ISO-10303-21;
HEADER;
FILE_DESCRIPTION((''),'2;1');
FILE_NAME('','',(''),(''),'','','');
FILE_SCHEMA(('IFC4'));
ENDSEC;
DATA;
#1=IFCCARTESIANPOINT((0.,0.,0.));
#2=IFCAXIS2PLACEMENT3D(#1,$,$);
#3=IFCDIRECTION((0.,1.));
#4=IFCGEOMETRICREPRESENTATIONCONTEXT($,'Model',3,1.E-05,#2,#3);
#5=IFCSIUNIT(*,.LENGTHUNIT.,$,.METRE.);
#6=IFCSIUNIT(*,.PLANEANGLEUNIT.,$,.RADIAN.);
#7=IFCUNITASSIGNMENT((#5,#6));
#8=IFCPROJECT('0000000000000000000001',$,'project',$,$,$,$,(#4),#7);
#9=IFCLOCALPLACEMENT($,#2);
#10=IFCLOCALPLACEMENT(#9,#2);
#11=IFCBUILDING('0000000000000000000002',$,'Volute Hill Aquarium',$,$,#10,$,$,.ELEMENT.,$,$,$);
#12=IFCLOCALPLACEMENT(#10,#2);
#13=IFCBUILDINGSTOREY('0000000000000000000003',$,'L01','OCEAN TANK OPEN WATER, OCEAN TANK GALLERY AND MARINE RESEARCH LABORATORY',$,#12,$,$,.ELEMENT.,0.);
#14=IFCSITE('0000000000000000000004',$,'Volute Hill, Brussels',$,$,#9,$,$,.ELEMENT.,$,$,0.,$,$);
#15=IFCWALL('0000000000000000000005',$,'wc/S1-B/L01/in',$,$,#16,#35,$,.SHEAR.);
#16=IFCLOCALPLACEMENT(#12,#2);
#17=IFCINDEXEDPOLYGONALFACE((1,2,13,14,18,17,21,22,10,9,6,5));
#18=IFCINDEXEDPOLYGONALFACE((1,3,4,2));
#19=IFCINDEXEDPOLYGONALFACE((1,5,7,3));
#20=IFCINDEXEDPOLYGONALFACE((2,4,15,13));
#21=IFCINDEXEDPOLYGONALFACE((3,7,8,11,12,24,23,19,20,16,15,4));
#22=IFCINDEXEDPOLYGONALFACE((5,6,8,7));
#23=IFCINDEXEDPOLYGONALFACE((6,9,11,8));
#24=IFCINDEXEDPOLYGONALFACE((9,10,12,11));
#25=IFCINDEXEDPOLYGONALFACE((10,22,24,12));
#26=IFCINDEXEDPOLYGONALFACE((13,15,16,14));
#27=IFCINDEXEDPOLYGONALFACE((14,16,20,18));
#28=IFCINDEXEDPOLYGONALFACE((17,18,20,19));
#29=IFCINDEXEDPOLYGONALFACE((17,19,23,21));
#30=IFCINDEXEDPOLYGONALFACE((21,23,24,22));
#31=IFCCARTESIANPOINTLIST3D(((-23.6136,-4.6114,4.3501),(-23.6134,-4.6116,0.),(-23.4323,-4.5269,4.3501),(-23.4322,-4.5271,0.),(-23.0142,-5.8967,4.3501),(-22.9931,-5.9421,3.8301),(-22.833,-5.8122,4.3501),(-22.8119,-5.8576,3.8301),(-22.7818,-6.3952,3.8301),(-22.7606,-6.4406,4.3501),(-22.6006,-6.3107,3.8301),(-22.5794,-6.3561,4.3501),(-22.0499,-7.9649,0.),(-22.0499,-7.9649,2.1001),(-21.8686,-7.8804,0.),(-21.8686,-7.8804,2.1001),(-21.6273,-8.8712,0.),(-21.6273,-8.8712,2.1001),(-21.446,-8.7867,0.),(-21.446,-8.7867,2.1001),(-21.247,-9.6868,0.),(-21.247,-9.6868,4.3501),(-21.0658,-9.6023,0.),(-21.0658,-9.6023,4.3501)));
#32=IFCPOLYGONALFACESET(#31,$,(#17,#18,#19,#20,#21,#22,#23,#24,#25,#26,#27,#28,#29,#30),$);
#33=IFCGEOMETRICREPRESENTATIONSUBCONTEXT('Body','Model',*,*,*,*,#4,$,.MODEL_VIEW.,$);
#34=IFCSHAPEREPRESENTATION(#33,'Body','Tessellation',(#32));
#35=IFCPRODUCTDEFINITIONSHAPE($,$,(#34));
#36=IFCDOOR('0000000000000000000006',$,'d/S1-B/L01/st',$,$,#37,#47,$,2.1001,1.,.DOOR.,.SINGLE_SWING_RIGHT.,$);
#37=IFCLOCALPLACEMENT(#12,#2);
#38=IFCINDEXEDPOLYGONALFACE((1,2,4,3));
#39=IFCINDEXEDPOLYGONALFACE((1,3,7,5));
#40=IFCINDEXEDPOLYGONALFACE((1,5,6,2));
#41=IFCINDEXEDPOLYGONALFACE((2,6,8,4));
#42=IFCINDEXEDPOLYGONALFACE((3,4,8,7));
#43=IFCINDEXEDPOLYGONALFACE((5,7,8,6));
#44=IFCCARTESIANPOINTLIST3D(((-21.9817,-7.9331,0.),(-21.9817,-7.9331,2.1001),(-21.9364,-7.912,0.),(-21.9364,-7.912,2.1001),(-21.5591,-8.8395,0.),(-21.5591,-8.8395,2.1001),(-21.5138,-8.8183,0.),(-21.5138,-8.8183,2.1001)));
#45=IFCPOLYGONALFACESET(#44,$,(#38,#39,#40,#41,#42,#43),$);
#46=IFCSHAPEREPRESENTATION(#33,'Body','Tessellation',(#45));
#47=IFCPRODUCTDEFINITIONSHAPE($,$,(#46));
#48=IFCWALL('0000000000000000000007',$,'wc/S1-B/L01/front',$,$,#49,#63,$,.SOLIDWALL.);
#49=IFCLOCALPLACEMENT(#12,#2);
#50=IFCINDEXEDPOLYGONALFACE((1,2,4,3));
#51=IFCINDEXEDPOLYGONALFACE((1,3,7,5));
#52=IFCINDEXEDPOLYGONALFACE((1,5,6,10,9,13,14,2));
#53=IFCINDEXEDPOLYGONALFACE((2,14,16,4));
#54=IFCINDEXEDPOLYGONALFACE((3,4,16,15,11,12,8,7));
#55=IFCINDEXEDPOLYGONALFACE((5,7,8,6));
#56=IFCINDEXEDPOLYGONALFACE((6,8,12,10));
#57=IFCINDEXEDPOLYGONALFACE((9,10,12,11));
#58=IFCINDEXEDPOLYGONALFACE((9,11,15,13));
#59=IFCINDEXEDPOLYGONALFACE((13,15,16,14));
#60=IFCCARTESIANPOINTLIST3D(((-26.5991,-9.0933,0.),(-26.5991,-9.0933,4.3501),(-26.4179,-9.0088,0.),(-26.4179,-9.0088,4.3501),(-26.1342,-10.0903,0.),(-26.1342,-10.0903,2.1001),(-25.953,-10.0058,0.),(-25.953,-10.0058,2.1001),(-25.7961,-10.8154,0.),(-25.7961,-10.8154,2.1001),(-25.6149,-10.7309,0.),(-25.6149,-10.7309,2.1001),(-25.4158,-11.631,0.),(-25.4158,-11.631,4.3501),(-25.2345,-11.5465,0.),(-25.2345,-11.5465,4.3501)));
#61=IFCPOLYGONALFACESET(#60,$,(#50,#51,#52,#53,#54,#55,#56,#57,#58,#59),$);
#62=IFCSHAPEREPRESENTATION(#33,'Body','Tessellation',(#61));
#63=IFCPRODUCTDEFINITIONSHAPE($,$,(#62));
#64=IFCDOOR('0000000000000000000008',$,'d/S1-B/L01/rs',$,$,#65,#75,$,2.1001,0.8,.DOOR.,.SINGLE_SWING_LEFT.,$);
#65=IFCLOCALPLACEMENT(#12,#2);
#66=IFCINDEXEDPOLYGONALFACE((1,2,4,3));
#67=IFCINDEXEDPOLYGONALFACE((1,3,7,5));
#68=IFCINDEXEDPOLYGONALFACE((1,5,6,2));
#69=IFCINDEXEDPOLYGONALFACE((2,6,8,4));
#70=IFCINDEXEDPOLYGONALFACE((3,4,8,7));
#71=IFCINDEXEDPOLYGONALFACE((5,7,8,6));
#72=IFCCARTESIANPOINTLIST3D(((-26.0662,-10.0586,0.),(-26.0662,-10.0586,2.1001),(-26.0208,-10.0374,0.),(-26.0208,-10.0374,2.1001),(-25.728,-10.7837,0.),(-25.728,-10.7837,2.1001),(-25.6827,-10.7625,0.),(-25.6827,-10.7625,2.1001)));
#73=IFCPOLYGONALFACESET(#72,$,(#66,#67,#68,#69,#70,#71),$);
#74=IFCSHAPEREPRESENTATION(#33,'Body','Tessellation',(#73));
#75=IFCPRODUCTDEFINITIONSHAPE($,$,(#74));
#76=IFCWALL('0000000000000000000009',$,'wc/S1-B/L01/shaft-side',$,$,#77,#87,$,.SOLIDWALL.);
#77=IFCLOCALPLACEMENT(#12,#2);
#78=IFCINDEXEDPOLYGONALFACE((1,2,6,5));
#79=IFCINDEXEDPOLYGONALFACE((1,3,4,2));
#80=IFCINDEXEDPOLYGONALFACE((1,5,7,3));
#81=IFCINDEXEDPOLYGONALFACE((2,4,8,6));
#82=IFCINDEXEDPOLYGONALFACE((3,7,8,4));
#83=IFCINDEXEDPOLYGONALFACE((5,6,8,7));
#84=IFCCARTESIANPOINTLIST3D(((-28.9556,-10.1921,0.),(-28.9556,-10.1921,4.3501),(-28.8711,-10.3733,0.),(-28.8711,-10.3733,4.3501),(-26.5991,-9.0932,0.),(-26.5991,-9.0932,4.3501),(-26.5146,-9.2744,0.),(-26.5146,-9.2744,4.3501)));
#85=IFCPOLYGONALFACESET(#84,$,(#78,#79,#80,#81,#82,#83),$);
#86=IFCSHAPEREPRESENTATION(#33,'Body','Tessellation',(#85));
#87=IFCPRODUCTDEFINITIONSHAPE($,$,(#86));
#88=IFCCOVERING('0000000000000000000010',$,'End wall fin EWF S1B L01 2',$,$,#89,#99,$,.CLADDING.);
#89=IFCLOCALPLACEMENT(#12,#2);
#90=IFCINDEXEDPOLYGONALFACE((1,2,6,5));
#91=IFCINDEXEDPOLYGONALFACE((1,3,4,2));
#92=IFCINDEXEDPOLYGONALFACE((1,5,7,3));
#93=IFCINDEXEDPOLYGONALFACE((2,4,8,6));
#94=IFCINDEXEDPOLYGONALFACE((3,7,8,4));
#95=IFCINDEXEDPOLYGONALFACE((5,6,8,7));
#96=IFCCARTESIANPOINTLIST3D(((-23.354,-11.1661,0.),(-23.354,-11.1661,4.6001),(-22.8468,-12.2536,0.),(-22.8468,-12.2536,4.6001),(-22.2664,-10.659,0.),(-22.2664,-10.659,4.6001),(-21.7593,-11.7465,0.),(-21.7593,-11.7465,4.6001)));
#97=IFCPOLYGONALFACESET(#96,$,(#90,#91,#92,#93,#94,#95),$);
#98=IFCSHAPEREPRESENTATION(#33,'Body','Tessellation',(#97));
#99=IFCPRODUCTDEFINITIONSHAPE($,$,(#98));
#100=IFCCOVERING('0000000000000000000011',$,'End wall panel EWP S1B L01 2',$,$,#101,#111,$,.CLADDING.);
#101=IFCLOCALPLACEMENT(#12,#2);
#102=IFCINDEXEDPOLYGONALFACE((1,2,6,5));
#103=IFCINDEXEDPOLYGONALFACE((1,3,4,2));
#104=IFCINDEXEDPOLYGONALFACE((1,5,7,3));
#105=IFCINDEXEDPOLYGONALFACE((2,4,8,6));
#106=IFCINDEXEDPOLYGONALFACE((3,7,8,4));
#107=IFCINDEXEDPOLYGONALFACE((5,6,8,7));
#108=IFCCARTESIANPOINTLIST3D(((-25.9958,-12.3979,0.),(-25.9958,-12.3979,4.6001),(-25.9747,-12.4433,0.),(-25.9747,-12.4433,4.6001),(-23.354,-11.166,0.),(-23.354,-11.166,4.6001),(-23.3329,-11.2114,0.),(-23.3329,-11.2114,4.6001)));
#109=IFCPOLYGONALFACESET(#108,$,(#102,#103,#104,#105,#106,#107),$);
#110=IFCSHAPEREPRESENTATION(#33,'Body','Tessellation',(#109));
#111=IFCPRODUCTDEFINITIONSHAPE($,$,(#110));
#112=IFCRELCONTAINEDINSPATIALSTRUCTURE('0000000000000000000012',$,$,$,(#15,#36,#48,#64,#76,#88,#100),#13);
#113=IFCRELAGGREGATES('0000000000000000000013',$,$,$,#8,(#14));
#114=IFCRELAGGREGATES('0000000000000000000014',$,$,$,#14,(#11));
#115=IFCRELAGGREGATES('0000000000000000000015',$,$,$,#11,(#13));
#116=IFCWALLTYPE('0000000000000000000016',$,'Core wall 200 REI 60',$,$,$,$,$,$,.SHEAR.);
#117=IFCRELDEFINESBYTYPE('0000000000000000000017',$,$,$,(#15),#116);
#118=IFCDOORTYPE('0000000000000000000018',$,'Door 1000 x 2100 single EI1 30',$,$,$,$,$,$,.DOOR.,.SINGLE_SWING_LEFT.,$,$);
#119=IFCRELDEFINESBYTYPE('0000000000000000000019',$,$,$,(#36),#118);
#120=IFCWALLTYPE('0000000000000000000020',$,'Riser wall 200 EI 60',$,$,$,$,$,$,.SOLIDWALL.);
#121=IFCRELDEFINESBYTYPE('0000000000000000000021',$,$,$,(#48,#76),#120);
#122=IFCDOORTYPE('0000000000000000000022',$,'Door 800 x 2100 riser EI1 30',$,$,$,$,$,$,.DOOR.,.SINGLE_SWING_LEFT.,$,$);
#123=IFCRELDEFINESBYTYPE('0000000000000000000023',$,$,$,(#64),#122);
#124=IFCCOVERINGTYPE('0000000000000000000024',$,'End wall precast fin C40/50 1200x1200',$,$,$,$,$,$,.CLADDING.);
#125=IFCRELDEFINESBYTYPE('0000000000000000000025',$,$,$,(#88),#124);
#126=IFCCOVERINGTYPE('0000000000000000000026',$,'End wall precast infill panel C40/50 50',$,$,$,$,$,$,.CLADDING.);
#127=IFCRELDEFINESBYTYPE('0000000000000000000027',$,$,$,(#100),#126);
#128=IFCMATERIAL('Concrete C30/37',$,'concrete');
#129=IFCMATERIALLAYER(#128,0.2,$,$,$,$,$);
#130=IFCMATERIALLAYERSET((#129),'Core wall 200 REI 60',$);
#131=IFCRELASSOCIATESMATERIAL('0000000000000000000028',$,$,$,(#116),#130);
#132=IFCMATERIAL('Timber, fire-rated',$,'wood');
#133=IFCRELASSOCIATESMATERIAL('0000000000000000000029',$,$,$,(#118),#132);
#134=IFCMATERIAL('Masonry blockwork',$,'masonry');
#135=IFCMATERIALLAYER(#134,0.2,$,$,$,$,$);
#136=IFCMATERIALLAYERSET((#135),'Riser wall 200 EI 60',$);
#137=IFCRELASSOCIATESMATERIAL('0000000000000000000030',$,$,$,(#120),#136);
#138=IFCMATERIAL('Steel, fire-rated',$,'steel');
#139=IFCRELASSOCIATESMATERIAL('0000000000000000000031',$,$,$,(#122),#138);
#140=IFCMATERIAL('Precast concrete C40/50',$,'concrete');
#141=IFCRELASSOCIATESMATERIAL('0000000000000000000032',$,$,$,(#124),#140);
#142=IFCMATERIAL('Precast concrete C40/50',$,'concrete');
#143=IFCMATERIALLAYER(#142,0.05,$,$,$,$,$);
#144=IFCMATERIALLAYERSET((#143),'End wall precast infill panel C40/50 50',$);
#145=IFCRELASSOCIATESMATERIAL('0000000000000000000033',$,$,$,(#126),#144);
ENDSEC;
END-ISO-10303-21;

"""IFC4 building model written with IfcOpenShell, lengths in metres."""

from ifc_helpers import new_model, si_unit, direction, frame, frame_2d, origin, origin_2d, place, context, subcontext, project, spatial, polyline, rectangle, outline, extrude, material, layer, layer_set, type_object, element, fill, save


model = new_model("IFC4")

# Units and contexts
model_context = context("Model", 3, precision=1e-05, world=origin(), true_north=direction((0.0, 1.0)))
body_context = subcontext(model_context, "Body", "Model", "MODEL_VIEW")
ifc_project = project(units=[si_unit("LENGTHUNIT", "METRE"), si_unit("PLANEANGLEUNIT", "RADIAN")], contexts=[model_context])

# Site, building, storey
site_placement = place(None, origin())
site = spatial("IfcSite", under=ifc_project, at=site_placement, Name="Volute Hill, Brussels", CompositionType="ELEMENT", RefElevation=0.0)
building_placement = place(site_placement, origin())
building = spatial("IfcBuilding", under=site, at=building_placement, Name="Volute Hill Aquarium", CompositionType="ELEMENT")
storey_placement = place(building_placement, origin())
storey = spatial("IfcBuildingStorey", under=building, at=storey_placement, Name="L01", Description="OCEAN TANK OPEN WATER, OCEAN TANK GALLERY AND MARINE RESEARCH LABORATORY", CompositionType="ELEMENT", Elevation=0.0)

# Walls, openings, doors
ifc_material_1 = material(Name="Concrete C30/37", Category="concrete")
ifc_layer_1 = layer(ifc_material_1, 0.2)
ifc_layer_set_1 = layer_set([ifc_layer_1], Name="Core wall 200 REI 60")
wall_type_1 = type_object("IfcWallType", Name="Core wall 200 REI 60", PredefinedType="SHEAR", material=ifc_layer_set_1)
wall_1_placement = place(storey_placement, frame((-21.1562, -9.6445, 0.0), z_axis=(0.0, 0.0, 1.0), x_axis=(-0.422597, 0.906318, 0.0)))
wall_1 = element("IfcWall", 1, at=wall_1_placement, inside=storey, type_object=wall_type_1, Name="wc/S1-B/L01/in", PredefinedType="SHEAR", context=body_context, shape_type="SweptSolid", body=[
    extrude(outline(polyline([(0.0, 0.0), (5.5999, 0.0), (5.6001, 4.3501), (4.1819, 4.3501), (4.1318, 3.8301), (3.6318, 3.8301), (3.5818, 4.3501), (0.0, 4.3501), (0.0, 0.0)])), frame((0.0, 0.1001, 0.0), z_axis=(0.0, -1.0, 0.0), x_axis=(1.0, 0.0, 0.0)), (0.0, 0.0, 1.0), 0.2),
])
opening_1_placement = place(wall_1_placement, frame((0.8999, 0.0, 0.0)))
opening_1 = element("IfcOpeningElement", 2, at=opening_1_placement, cuts=wall_1, PredefinedType="OPENING", context=body_context, shape_type="SweptSolid", body=[
    extrude(rectangle(XDim=1.0, YDim=2.1001, at=frame_2d((0.5, 1.05))), frame((0.0, 0.1099, 0.0), z_axis=(0.0, -1.0, 0.0), x_axis=(1.0, 0.0, 0.0)), (0.0, 0.0, 1.0), 0.22),
])
ifc_material_2 = material(Name="Timber, fire-rated", Category="wood")
door_type_1 = type_object("IfcDoorType", Name="Door 1000 x 2100 single EI1 30", OperationType="SINGLE_SWING_LEFT", PredefinedType="DOOR", material=ifc_material_2)
door_1_placement = place(opening_1_placement, origin())
door_1 = element("IfcDoor", 3, at=door_1_placement, inside=storey, type_object=door_type_1, Name="d/S1-B/L01/st", OperationType="SINGLE_SWING_RIGHT", OverallHeight=2.1001, OverallWidth=1.0, PredefinedType="DOOR", context=body_context, shape_type="SweptSolid", body=[
    extrude(rectangle(XDim=1.0, YDim=2.1001, at=frame_2d((0.5, 1.05))), frame((0.0, 0.0249, 0.0), z_axis=(0.0, -1.0, 0.0), x_axis=(1.0, 0.0, 0.0)), (0.0, 0.0, 1.0), 0.05),
])
fill(opening_1, door_1)
ifc_material_3 = material(Name="Masonry blockwork", Category="masonry")
ifc_layer_2 = layer(ifc_material_3, 0.2)
ifc_layer_set_2 = layer_set([ifc_layer_2], Name="Riser wall 200 EI 60")
wall_type_2 = type_object("IfcWallType", Name="Riser wall 200 EI 60", PredefinedType="SOLIDWALL", material=ifc_layer_set_2)
wall_2_placement = place(storey_placement, frame((-25.3252, -11.5886, 0.0), z_axis=(0.0, 0.0, 1.0), x_axis=(-0.422632, 0.906301, 0.0)))
wall_2 = element("IfcWall", 4, at=wall_2_placement, inside=storey, type_object=wall_type_2, Name="wc/S1-B/L01/front", PredefinedType="SOLIDWALL", context=body_context, shape_type="SweptSolid", body=[
    extrude(rectangle(XDim=2.8, YDim=0.2, at=frame_2d((1.3999, 0.0))), origin(), (0.0, 0.0, 1.0), 4.3501),
])
opening_2_placement = place(wall_2_placement, frame((0.8999, 0.0, 0.0)))
opening_2 = element("IfcOpeningElement", 5, at=opening_2_placement, cuts=wall_2, PredefinedType="OPENING", context=body_context, shape_type="SweptSolid", body=[
    extrude(rectangle(XDim=0.8, YDim=2.1001, at=frame_2d((0.3999, 1.05))), frame((0.0, 0.1099, 0.0), z_axis=(0.0, -1.0, 0.0), x_axis=(1.0, 0.0, 0.0)), (0.0, 0.0, 1.0), 0.22),
])
ifc_material_4 = material(Name="Steel, fire-rated", Category="steel")
door_type_2 = type_object("IfcDoorType", Name="Door 800 x 2100 riser EI1 30", OperationType="SINGLE_SWING_LEFT", PredefinedType="DOOR", material=ifc_material_4)
door_2_placement = place(opening_2_placement, origin())
door_2 = element("IfcDoor", 6, at=door_2_placement, inside=storey, type_object=door_type_2, Name="d/S1-B/L01/rs", OperationType="SINGLE_SWING_LEFT", OverallHeight=2.1001, OverallWidth=0.8, PredefinedType="DOOR", context=body_context, shape_type="SweptSolid", body=[
    extrude(rectangle(XDim=0.8, YDim=2.1001, at=frame_2d((0.3999, 1.05))), frame((0.0, 0.0249, 0.0), z_axis=(0.0, -1.0, 0.0), x_axis=(1.0, 0.0, 0.0)), (0.0, 0.0, 1.0), 0.05),
])
fill(opening_2, door_2)

# Wall
wall_3_placement = place(storey_placement, frame((-26.5569, -9.1838, 0.0), z_axis=(0.0, 0.0, 1.0), x_axis=(-0.906301, -0.422634, 0.0)))
element("IfcWall", 7, at=wall_3_placement, inside=storey, type_object=wall_type_2, Name="wc/S1-B/L01/shaft-side", PredefinedType="SOLIDWALL", context=body_context, shape_type="SweptSolid", body=[
    extrude(rectangle(XDim=2.6001, YDim=0.2, at=frame_2d((1.3, 0.0))), origin(), (0.0, 0.0, 1.0), 4.3501),
])

# Coverings
ifc_material_5 = material(Name="Precast concrete C40/50", Category="concrete")
covering_type_1 = type_object("IfcCoveringType", Name="End wall precast fin C40/50 1200x1200", PredefinedType="CLADDING", material=ifc_material_5)
covering_1_placement = place(storey_placement, frame((-22.5566, -11.4563, 0.0), z_axis=(0.0, 0.0, 1.0), x_axis=(-0.906304, -0.422626, 0.0)))
element("IfcCovering", 8, at=covering_1_placement, inside=storey, type_object=covering_type_1, Name="End wall fin EWF S1B L01 2", PredefinedType="CLADDING", context=body_context, shape_type="SweptSolid", body=[
    extrude(rectangle(XDim=1.2, YDim=1.2, at=origin_2d()), origin(), (0.0, 0.0, 1.0), 4.6001),
])
ifc_material_6 = material(Name="Precast concrete C40/50", Category="concrete")
ifc_layer_3 = layer(ifc_material_6, 0.05)
ifc_layer_set_3 = layer_set([ifc_layer_3], Name="End wall precast infill panel C40/50 50")
covering_type_2 = type_object("IfcCoveringType", Name="End wall precast infill panel C40/50 50", PredefinedType="CLADDING", material=ifc_layer_set_3)
covering_2_placement = place(storey_placement, frame((-23.354, -11.166, 0.0), z_axis=(-0.422624, 0.906305, 0.0), x_axis=(-0.906305, -0.422624, 0.0)))
element("IfcCovering", 9, at=covering_2_placement, inside=storey, type_object=covering_type_2, Name="End wall panel EWP S1B L01 2", PredefinedType="CLADDING", context=body_context, shape_type="SweptSolid", body=[
    extrude(outline(polyline([(0.0, 0.0), (2.915, 0.0), (2.915, 4.6001), (0.0, 4.6001), (0.0, 0.0)])), origin(), (0.0, 0.0, -1.0), 0.05),
])

save(model, "model.ifc")
